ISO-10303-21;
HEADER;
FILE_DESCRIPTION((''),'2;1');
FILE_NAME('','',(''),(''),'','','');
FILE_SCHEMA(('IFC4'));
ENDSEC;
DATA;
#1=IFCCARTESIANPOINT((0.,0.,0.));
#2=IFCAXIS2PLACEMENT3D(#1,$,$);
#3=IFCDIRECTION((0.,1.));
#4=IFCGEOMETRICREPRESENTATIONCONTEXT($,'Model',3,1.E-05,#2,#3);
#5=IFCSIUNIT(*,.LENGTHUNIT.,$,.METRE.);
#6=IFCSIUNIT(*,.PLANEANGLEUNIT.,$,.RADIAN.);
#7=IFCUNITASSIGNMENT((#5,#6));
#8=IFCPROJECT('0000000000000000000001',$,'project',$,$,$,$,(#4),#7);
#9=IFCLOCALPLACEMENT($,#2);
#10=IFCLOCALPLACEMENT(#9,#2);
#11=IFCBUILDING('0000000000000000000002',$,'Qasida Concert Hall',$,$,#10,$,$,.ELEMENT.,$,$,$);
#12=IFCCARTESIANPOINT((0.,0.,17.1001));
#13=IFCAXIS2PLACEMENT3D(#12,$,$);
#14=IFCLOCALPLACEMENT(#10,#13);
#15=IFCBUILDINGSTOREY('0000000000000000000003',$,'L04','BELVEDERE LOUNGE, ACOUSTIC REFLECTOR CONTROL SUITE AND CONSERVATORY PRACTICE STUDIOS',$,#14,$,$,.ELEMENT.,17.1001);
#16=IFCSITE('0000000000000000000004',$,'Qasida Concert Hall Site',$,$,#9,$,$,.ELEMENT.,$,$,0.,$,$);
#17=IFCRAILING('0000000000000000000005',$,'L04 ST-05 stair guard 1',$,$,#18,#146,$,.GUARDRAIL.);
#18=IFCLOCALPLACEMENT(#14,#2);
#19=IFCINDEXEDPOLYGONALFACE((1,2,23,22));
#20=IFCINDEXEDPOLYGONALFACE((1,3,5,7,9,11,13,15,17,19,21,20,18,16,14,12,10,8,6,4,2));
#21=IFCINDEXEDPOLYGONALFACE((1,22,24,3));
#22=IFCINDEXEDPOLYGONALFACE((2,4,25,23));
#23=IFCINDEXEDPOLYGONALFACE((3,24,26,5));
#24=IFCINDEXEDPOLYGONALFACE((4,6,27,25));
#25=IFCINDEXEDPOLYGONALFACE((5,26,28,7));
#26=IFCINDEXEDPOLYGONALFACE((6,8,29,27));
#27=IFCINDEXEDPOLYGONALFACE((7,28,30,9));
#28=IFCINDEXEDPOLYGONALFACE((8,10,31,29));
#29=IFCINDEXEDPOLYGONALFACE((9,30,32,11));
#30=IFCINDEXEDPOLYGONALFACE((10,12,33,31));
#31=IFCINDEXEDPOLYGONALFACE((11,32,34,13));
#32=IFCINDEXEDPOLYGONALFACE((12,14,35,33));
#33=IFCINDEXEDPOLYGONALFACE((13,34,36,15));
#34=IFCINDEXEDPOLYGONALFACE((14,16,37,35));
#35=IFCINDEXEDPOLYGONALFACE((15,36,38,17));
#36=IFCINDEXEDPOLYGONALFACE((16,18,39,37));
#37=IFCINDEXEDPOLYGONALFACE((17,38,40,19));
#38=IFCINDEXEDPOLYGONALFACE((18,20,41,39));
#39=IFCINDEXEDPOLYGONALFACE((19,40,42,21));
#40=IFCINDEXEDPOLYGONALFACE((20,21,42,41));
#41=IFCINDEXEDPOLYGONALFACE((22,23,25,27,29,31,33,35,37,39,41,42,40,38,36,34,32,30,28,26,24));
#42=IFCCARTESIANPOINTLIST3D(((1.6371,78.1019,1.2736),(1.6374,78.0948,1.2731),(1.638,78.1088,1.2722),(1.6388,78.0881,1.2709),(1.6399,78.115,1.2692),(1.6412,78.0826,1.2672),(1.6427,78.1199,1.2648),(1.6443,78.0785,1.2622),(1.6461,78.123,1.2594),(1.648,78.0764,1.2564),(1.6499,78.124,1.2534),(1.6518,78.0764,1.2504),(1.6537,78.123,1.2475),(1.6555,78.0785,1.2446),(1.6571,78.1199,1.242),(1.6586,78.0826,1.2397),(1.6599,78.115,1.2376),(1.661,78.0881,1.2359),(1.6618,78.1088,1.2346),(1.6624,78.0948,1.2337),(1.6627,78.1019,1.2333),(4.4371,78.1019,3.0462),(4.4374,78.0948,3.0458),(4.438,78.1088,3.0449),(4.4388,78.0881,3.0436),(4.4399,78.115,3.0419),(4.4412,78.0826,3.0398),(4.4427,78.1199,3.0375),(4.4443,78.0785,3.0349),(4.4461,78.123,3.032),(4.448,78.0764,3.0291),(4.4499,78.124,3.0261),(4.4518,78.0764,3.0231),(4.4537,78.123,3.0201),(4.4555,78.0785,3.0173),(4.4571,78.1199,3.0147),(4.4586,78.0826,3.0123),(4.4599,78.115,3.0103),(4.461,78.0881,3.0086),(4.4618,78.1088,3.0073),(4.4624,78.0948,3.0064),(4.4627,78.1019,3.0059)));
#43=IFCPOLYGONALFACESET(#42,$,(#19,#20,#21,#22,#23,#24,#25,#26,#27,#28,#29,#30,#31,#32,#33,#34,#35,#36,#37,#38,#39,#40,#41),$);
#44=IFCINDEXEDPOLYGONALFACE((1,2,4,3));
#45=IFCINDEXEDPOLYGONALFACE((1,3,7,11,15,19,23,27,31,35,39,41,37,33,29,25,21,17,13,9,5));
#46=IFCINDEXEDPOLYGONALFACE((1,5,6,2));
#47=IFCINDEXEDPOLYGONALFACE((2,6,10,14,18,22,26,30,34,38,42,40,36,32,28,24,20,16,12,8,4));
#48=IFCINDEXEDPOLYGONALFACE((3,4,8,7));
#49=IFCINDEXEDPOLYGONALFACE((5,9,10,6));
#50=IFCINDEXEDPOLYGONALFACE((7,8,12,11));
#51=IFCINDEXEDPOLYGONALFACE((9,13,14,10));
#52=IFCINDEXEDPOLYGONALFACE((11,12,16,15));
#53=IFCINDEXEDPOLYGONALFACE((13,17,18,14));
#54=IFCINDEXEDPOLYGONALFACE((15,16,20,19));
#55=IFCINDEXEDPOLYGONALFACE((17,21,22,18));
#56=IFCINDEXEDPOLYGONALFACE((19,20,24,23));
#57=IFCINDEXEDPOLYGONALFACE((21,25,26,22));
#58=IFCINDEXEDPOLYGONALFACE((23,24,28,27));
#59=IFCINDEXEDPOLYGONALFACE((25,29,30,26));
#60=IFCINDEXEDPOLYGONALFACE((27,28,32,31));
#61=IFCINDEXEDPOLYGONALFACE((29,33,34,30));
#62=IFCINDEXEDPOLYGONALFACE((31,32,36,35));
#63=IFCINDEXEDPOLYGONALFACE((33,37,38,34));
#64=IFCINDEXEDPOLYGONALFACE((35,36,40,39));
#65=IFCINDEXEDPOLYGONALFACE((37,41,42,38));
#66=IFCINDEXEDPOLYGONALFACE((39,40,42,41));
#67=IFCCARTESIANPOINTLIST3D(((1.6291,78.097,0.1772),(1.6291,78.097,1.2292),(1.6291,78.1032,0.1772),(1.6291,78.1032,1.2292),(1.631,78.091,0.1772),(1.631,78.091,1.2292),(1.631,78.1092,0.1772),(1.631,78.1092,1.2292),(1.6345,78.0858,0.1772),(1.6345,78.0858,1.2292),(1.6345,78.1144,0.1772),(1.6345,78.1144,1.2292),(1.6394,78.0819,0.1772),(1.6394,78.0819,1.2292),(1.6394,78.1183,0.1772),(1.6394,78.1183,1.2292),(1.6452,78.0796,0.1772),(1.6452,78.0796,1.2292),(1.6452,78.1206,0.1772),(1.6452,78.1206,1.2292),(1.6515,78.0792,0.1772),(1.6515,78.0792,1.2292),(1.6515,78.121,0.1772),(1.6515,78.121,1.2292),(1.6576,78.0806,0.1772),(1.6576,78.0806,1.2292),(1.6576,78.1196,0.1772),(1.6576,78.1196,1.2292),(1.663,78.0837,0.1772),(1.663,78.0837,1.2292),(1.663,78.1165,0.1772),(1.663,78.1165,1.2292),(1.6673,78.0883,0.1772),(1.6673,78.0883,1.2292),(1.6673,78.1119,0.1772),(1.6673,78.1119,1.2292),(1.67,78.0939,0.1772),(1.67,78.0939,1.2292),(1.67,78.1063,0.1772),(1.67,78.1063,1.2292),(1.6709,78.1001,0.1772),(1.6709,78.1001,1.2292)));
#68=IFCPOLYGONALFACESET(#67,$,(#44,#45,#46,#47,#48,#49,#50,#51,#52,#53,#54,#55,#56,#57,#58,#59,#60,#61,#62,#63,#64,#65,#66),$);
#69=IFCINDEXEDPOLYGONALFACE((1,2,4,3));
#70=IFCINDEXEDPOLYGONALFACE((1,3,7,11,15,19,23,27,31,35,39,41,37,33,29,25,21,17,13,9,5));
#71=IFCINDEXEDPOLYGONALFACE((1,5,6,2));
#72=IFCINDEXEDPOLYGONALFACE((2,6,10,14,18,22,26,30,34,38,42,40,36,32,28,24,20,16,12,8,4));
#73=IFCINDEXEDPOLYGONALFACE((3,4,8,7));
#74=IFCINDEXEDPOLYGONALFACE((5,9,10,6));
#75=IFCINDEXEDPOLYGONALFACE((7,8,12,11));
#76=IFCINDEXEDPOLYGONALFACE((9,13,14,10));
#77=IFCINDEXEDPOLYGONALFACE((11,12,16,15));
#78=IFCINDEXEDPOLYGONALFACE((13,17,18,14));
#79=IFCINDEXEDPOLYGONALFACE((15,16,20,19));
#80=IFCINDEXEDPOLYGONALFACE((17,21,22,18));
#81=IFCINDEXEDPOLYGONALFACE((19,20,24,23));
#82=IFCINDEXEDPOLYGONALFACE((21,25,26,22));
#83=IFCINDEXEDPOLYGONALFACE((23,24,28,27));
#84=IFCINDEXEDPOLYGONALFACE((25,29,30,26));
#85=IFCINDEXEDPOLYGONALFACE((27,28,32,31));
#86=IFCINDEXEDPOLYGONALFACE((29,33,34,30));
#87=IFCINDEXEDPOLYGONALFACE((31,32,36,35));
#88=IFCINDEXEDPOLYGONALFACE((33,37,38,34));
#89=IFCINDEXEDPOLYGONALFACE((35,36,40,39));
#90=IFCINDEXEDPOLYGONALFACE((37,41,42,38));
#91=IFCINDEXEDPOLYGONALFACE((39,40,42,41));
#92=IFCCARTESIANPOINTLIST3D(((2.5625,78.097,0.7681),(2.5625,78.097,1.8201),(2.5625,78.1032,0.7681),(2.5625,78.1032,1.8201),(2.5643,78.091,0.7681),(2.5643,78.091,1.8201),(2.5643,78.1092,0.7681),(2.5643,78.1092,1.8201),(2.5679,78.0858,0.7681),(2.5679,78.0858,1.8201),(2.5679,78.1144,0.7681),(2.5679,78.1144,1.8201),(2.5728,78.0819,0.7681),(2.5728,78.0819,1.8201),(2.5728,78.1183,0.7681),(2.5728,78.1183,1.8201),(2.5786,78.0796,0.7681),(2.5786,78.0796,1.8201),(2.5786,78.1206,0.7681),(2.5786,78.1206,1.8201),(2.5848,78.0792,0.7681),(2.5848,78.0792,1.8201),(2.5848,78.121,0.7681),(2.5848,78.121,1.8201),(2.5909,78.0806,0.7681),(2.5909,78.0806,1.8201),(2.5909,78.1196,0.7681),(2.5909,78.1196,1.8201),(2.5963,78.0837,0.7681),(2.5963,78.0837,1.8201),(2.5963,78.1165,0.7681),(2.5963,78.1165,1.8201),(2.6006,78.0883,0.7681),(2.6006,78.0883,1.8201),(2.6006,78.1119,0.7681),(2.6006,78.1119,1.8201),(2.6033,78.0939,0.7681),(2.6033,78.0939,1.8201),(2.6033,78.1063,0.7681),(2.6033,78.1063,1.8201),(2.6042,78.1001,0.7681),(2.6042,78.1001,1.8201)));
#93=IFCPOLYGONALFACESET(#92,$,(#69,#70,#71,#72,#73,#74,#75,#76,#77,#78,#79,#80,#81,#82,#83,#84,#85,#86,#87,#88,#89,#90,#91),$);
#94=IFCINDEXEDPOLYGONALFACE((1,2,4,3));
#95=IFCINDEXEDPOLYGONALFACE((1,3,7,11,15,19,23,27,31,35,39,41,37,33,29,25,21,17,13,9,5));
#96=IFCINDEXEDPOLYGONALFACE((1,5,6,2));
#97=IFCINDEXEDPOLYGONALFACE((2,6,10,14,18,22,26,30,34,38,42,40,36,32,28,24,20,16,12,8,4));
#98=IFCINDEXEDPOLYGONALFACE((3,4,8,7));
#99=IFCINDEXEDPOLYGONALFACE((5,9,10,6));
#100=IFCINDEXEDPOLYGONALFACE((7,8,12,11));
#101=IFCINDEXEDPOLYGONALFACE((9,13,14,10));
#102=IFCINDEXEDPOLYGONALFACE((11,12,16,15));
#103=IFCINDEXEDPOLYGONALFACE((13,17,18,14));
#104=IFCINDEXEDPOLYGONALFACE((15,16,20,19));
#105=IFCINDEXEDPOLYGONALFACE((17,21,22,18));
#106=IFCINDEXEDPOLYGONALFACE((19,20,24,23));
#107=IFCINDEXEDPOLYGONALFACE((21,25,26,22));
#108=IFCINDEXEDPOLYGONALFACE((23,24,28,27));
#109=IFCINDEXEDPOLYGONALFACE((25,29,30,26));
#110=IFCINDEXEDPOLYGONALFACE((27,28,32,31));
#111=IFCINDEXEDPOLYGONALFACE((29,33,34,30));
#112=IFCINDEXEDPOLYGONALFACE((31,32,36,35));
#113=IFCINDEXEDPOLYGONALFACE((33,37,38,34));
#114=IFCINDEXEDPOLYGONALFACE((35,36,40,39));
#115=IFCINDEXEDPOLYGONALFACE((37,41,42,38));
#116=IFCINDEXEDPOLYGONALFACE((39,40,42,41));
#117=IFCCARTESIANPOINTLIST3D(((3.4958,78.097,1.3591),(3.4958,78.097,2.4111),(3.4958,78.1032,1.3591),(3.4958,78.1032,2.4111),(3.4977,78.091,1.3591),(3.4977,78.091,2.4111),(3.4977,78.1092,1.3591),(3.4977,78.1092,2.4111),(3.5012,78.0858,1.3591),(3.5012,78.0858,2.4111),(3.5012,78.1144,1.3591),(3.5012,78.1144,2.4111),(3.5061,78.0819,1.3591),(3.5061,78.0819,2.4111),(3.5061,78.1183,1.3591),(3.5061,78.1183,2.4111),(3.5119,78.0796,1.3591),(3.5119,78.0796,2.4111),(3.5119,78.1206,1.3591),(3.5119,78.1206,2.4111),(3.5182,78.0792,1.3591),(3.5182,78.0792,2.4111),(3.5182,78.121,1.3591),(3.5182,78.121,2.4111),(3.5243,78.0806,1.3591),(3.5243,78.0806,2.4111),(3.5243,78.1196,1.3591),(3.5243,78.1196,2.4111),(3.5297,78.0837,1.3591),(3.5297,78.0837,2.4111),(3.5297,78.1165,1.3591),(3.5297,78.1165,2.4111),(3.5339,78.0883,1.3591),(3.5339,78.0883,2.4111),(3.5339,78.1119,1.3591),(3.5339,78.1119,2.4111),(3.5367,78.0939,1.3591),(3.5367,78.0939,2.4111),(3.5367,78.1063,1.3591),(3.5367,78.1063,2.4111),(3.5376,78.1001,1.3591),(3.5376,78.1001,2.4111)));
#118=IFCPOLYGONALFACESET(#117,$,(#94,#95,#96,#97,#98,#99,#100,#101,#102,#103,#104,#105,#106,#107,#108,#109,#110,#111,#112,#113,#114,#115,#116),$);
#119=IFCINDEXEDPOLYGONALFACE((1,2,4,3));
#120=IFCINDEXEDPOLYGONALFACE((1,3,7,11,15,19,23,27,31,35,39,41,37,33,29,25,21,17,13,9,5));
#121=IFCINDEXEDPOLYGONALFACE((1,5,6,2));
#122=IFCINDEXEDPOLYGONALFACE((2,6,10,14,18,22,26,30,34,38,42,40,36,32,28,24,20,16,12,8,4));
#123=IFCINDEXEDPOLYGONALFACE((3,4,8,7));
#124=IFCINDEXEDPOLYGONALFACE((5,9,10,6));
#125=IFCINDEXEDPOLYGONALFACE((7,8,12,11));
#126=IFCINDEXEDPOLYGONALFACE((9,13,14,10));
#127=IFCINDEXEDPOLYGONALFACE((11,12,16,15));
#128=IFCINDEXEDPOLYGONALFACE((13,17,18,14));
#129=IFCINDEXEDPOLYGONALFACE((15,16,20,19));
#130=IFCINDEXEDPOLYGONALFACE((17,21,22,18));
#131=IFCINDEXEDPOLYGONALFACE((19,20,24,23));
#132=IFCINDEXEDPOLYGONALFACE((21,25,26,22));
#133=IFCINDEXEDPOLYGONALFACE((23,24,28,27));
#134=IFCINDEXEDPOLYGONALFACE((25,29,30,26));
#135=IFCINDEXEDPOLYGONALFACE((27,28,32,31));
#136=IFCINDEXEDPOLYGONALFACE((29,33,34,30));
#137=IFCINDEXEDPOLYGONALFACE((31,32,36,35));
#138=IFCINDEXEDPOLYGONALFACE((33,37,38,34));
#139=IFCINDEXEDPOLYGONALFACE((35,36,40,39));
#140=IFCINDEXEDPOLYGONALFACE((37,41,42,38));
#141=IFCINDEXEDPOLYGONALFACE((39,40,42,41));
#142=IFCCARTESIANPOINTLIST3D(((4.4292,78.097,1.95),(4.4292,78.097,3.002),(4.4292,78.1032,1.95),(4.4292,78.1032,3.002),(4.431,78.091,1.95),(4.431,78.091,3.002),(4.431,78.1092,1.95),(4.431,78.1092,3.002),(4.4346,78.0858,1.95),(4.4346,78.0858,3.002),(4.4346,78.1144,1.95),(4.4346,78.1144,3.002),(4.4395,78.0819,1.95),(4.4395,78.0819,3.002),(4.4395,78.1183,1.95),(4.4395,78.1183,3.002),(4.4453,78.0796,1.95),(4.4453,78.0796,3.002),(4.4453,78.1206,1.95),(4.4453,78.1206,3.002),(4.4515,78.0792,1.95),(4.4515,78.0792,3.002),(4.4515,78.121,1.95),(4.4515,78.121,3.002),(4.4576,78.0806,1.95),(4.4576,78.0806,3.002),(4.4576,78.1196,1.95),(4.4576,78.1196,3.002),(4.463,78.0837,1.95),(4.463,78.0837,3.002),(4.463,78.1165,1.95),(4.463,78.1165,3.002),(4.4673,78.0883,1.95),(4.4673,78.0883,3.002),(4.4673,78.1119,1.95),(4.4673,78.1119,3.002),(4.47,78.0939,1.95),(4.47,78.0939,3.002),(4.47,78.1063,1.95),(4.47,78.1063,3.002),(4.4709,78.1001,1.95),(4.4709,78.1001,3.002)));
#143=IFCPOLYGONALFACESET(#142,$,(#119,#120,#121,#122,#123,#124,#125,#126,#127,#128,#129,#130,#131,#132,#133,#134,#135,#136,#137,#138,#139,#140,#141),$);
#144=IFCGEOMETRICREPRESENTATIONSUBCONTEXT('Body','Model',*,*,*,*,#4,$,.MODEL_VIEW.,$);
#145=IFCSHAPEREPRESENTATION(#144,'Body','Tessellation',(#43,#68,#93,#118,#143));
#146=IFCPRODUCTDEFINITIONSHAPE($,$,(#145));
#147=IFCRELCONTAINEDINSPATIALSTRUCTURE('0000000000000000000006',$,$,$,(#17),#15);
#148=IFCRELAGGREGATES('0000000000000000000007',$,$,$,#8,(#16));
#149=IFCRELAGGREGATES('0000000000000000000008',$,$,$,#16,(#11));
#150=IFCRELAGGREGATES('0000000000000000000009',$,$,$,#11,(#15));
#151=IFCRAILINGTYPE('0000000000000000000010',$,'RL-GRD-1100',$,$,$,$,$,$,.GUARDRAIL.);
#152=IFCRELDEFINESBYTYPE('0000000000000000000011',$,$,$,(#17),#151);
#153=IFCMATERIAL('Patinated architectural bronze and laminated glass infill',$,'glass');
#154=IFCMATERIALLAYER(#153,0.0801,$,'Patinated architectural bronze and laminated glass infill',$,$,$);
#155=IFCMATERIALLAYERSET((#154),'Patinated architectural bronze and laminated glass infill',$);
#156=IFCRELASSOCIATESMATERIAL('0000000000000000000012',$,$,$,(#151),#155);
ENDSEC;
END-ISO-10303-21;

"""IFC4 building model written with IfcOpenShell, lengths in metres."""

from ifc_helpers import new_model, si_unit, direction, frame, origin, origin_2d, place, context, subcontext, project, spatial, circle, extrude, material, layer, layer_set, type_object, element, save


model = new_model("IFC4")

# Units and contexts
model_context = context("Model", 3, precision=1e-05, world=origin(), true_north=direction((0.0, 1.0)))
body_context = subcontext(model_context, "Body", "Model", "MODEL_VIEW")
ifc_project = project(units=[si_unit("LENGTHUNIT", "METRE"), si_unit("PLANEANGLEUNIT", "RADIAN")], contexts=[model_context])

# Site, building, storey
site_placement = place(None, origin())
site = spatial("IfcSite", under=ifc_project, at=site_placement, Name="Qasida Concert Hall Site", CompositionType="ELEMENT", RefElevation=0.0)
building_placement = place(site_placement, origin())
building = spatial("IfcBuilding", under=site, at=building_placement, Name="Qasida Concert Hall", CompositionType="ELEMENT")
storey_placement = place(building_placement, frame((0.0, 0.0, 17.1001)))
storey = spatial("IfcBuildingStorey", under=building, at=storey_placement, Name="L04", Description="BELVEDERE LOUNGE, ACOUSTIC REFLECTOR CONTROL SUITE AND CONSERVATORY PRACTICE STUDIOS", CompositionType="ELEMENT", Elevation=17.1001)

# Railing
ifc_material_1 = material(Name="Patinated architectural bronze and laminated glass infill", Category="glass")
ifc_layer_1 = layer(ifc_material_1, 0.0801, Name="Patinated architectural bronze and laminated glass infill")
ifc_layer_set_1 = layer_set([ifc_layer_1], Name="Patinated architectural bronze and laminated glass infill")
railing_type_1 = type_object("IfcRailingType", Name="RL-GRD-1100", PredefinedType="GUARDRAIL", material=ifc_layer_set_1)
railing_1_placement = place(storey_placement, frame((1.6499, 78.1001, 0.1772)))
element("IfcRailing", 1, at=railing_1_placement, inside=storey, type_object=railing_type_1, Name="L04 ST-05 stair guard 1", PredefinedType="GUARDRAIL", context=body_context, shape_type="SweptSolid", body=[
    extrude(circle(Radius=0.0239, at=origin_2d()), frame((0.0, 0.0, 1.0762), z_axis=(0.844909, 0.0, 0.53491), x_axis=(0.0, 1.0, 0.0)), (0.0, 0.0, 1.0), 3.314),
    extrude(circle(Radius=0.021, at=origin_2d()), origin(), (0.0, 0.0, 1.0), 1.052),
    extrude(circle(Radius=0.021, at=origin_2d()), frame((0.9333, 0.0, 0.5908)), (0.0, 0.0, 1.0), 1.052),
    extrude(circle(Radius=0.021, at=origin_2d()), frame((1.8667, 0.0, 1.1819)), (0.0, 0.0, 1.0), 1.052),
    extrude(circle(Radius=0.021, at=origin_2d()), frame((2.8, 0.0, 1.7727)), (0.0, 0.0, 1.0), 1.052),
])

save(model, "model.ifc")
